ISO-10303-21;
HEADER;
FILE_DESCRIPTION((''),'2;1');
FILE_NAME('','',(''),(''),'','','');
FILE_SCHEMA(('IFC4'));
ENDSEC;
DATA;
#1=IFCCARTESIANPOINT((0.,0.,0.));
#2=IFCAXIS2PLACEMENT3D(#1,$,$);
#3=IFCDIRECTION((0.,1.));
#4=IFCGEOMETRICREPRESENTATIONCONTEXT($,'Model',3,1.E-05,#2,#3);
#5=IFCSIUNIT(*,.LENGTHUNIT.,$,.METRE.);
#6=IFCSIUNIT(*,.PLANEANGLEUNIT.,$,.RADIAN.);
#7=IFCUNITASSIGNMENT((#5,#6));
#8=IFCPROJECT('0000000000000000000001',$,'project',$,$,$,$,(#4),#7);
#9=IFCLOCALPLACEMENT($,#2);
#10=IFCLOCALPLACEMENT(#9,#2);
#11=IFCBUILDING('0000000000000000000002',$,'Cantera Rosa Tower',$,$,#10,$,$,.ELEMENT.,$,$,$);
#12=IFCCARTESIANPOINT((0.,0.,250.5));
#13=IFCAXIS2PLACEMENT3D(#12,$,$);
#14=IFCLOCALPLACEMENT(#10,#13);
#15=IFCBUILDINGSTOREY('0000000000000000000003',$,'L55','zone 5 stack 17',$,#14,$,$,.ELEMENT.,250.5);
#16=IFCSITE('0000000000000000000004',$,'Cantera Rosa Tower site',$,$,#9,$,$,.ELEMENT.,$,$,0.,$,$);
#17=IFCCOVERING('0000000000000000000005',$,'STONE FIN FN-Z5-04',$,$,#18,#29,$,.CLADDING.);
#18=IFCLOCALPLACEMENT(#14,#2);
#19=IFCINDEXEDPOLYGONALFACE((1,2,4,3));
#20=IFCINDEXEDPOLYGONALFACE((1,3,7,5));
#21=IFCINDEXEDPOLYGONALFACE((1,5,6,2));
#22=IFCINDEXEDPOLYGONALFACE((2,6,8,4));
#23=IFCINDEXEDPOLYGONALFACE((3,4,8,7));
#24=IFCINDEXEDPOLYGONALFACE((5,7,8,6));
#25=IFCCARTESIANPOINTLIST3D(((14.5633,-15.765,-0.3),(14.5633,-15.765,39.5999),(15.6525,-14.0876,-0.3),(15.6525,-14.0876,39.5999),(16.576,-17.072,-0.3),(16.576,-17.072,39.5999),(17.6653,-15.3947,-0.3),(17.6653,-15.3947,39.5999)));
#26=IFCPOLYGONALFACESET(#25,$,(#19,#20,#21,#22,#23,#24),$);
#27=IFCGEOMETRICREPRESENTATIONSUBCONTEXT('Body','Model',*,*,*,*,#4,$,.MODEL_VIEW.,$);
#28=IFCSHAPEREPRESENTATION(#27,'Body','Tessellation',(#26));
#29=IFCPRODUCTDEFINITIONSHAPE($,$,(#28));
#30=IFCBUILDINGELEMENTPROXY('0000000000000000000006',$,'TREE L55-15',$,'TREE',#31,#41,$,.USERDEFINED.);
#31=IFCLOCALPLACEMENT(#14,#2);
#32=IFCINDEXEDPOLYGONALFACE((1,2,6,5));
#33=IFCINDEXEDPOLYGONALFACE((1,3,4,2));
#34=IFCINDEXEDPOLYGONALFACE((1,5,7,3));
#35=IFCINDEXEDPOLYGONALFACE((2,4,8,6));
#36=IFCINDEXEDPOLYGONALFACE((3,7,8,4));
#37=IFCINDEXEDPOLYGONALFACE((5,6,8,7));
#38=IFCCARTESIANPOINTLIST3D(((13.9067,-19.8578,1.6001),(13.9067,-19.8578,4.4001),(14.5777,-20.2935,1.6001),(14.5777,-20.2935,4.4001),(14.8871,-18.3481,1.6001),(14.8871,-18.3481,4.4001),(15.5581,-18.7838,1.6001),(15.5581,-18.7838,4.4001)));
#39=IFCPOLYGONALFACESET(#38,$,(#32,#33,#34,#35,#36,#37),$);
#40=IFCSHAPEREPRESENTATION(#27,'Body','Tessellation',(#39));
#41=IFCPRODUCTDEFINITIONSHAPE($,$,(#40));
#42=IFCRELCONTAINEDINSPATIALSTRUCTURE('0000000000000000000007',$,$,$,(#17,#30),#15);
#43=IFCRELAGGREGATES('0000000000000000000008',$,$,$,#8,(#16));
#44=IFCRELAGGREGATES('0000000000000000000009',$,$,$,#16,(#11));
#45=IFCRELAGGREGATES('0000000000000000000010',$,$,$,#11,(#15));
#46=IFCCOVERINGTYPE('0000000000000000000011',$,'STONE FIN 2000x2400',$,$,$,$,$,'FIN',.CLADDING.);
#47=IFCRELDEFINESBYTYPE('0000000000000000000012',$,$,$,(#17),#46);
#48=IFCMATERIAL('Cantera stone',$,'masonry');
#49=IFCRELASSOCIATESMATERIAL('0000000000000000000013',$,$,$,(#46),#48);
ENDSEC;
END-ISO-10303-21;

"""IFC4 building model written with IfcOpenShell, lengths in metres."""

from ifc_helpers import new_model, si_unit, direction, frame, origin, origin_2d, place, context, subcontext, project, spatial, rectangle, extrude, material, type_object, element, save


model = new_model("IFC4")

# Units and contexts
model_context = context("Model", 3, precision=1e-05, world=origin(), true_north=direction((0.0, 1.0)))
body_context = subcontext(model_context, "Body", "Model", "MODEL_VIEW")
ifc_project = project(units=[si_unit("LENGTHUNIT", "METRE"), si_unit("PLANEANGLEUNIT", "RADIAN")], contexts=[model_context])

# Site, building, storey
site_placement = place(None, origin())
site = spatial("IfcSite", under=ifc_project, at=site_placement, Name="Cantera Rosa Tower site", CompositionType="ELEMENT", RefElevation=0.0)
building_placement = place(site_placement, origin())
building = spatial("IfcBuilding", under=site, at=building_placement, Name="Cantera Rosa Tower", CompositionType="ELEMENT")
storey_placement = place(building_placement, frame((0.0, 0.0, 250.5)))
storey = spatial("IfcBuildingStorey", under=building, at=storey_placement, Name="L55", Description="zone 5 stack 17", CompositionType="ELEMENT", Elevation=250.5)

# Covering
ifc_material_1 = material(Name="Cantera stone", Category="masonry")
covering_type = type_object("IfcCoveringType", Name="STONE FIN 2000x2400", ElementType="FIN", PredefinedType="CLADDING", material=ifc_material_1)
covering_placement = place(storey_placement, frame((16.1143, -15.5798, -0.3), z_axis=(0.0, 0.0, 1.0), x_axis=(0.544639, 0.838671, 0.0)))
element("IfcCovering", 1, at=covering_placement, inside=storey, type_object=covering_type, Name="STONE FIN FN-Z5-04", PredefinedType="CLADDING", context=body_context, shape_type="SweptSolid", body=[
    extrude(rectangle(XDim=2.0, YDim=2.3999, at=origin_2d()), origin(), (0.0, 0.0, 1.0), 39.8999),
])

# Building element proxy
proxy_placement = place(storey_placement, frame((14.7324, -19.3208, 1.6001), z_axis=(0.0, 0.0, 1.0), x_axis=(0.544639, 0.838671, 0.0)))
element("IfcBuildingElementProxy", 2, at=proxy_placement, inside=storey, Name="TREE L55-15", ObjectType="TREE", PredefinedType="USERDEFINED", context=body_context, shape_type="SweptSolid", body=[
    extrude(rectangle(XDim=1.8, YDim=0.8, at=origin_2d()), origin(), (0.0, 0.0, 1.0), 2.8),
])

save(model, "model.ifc")
